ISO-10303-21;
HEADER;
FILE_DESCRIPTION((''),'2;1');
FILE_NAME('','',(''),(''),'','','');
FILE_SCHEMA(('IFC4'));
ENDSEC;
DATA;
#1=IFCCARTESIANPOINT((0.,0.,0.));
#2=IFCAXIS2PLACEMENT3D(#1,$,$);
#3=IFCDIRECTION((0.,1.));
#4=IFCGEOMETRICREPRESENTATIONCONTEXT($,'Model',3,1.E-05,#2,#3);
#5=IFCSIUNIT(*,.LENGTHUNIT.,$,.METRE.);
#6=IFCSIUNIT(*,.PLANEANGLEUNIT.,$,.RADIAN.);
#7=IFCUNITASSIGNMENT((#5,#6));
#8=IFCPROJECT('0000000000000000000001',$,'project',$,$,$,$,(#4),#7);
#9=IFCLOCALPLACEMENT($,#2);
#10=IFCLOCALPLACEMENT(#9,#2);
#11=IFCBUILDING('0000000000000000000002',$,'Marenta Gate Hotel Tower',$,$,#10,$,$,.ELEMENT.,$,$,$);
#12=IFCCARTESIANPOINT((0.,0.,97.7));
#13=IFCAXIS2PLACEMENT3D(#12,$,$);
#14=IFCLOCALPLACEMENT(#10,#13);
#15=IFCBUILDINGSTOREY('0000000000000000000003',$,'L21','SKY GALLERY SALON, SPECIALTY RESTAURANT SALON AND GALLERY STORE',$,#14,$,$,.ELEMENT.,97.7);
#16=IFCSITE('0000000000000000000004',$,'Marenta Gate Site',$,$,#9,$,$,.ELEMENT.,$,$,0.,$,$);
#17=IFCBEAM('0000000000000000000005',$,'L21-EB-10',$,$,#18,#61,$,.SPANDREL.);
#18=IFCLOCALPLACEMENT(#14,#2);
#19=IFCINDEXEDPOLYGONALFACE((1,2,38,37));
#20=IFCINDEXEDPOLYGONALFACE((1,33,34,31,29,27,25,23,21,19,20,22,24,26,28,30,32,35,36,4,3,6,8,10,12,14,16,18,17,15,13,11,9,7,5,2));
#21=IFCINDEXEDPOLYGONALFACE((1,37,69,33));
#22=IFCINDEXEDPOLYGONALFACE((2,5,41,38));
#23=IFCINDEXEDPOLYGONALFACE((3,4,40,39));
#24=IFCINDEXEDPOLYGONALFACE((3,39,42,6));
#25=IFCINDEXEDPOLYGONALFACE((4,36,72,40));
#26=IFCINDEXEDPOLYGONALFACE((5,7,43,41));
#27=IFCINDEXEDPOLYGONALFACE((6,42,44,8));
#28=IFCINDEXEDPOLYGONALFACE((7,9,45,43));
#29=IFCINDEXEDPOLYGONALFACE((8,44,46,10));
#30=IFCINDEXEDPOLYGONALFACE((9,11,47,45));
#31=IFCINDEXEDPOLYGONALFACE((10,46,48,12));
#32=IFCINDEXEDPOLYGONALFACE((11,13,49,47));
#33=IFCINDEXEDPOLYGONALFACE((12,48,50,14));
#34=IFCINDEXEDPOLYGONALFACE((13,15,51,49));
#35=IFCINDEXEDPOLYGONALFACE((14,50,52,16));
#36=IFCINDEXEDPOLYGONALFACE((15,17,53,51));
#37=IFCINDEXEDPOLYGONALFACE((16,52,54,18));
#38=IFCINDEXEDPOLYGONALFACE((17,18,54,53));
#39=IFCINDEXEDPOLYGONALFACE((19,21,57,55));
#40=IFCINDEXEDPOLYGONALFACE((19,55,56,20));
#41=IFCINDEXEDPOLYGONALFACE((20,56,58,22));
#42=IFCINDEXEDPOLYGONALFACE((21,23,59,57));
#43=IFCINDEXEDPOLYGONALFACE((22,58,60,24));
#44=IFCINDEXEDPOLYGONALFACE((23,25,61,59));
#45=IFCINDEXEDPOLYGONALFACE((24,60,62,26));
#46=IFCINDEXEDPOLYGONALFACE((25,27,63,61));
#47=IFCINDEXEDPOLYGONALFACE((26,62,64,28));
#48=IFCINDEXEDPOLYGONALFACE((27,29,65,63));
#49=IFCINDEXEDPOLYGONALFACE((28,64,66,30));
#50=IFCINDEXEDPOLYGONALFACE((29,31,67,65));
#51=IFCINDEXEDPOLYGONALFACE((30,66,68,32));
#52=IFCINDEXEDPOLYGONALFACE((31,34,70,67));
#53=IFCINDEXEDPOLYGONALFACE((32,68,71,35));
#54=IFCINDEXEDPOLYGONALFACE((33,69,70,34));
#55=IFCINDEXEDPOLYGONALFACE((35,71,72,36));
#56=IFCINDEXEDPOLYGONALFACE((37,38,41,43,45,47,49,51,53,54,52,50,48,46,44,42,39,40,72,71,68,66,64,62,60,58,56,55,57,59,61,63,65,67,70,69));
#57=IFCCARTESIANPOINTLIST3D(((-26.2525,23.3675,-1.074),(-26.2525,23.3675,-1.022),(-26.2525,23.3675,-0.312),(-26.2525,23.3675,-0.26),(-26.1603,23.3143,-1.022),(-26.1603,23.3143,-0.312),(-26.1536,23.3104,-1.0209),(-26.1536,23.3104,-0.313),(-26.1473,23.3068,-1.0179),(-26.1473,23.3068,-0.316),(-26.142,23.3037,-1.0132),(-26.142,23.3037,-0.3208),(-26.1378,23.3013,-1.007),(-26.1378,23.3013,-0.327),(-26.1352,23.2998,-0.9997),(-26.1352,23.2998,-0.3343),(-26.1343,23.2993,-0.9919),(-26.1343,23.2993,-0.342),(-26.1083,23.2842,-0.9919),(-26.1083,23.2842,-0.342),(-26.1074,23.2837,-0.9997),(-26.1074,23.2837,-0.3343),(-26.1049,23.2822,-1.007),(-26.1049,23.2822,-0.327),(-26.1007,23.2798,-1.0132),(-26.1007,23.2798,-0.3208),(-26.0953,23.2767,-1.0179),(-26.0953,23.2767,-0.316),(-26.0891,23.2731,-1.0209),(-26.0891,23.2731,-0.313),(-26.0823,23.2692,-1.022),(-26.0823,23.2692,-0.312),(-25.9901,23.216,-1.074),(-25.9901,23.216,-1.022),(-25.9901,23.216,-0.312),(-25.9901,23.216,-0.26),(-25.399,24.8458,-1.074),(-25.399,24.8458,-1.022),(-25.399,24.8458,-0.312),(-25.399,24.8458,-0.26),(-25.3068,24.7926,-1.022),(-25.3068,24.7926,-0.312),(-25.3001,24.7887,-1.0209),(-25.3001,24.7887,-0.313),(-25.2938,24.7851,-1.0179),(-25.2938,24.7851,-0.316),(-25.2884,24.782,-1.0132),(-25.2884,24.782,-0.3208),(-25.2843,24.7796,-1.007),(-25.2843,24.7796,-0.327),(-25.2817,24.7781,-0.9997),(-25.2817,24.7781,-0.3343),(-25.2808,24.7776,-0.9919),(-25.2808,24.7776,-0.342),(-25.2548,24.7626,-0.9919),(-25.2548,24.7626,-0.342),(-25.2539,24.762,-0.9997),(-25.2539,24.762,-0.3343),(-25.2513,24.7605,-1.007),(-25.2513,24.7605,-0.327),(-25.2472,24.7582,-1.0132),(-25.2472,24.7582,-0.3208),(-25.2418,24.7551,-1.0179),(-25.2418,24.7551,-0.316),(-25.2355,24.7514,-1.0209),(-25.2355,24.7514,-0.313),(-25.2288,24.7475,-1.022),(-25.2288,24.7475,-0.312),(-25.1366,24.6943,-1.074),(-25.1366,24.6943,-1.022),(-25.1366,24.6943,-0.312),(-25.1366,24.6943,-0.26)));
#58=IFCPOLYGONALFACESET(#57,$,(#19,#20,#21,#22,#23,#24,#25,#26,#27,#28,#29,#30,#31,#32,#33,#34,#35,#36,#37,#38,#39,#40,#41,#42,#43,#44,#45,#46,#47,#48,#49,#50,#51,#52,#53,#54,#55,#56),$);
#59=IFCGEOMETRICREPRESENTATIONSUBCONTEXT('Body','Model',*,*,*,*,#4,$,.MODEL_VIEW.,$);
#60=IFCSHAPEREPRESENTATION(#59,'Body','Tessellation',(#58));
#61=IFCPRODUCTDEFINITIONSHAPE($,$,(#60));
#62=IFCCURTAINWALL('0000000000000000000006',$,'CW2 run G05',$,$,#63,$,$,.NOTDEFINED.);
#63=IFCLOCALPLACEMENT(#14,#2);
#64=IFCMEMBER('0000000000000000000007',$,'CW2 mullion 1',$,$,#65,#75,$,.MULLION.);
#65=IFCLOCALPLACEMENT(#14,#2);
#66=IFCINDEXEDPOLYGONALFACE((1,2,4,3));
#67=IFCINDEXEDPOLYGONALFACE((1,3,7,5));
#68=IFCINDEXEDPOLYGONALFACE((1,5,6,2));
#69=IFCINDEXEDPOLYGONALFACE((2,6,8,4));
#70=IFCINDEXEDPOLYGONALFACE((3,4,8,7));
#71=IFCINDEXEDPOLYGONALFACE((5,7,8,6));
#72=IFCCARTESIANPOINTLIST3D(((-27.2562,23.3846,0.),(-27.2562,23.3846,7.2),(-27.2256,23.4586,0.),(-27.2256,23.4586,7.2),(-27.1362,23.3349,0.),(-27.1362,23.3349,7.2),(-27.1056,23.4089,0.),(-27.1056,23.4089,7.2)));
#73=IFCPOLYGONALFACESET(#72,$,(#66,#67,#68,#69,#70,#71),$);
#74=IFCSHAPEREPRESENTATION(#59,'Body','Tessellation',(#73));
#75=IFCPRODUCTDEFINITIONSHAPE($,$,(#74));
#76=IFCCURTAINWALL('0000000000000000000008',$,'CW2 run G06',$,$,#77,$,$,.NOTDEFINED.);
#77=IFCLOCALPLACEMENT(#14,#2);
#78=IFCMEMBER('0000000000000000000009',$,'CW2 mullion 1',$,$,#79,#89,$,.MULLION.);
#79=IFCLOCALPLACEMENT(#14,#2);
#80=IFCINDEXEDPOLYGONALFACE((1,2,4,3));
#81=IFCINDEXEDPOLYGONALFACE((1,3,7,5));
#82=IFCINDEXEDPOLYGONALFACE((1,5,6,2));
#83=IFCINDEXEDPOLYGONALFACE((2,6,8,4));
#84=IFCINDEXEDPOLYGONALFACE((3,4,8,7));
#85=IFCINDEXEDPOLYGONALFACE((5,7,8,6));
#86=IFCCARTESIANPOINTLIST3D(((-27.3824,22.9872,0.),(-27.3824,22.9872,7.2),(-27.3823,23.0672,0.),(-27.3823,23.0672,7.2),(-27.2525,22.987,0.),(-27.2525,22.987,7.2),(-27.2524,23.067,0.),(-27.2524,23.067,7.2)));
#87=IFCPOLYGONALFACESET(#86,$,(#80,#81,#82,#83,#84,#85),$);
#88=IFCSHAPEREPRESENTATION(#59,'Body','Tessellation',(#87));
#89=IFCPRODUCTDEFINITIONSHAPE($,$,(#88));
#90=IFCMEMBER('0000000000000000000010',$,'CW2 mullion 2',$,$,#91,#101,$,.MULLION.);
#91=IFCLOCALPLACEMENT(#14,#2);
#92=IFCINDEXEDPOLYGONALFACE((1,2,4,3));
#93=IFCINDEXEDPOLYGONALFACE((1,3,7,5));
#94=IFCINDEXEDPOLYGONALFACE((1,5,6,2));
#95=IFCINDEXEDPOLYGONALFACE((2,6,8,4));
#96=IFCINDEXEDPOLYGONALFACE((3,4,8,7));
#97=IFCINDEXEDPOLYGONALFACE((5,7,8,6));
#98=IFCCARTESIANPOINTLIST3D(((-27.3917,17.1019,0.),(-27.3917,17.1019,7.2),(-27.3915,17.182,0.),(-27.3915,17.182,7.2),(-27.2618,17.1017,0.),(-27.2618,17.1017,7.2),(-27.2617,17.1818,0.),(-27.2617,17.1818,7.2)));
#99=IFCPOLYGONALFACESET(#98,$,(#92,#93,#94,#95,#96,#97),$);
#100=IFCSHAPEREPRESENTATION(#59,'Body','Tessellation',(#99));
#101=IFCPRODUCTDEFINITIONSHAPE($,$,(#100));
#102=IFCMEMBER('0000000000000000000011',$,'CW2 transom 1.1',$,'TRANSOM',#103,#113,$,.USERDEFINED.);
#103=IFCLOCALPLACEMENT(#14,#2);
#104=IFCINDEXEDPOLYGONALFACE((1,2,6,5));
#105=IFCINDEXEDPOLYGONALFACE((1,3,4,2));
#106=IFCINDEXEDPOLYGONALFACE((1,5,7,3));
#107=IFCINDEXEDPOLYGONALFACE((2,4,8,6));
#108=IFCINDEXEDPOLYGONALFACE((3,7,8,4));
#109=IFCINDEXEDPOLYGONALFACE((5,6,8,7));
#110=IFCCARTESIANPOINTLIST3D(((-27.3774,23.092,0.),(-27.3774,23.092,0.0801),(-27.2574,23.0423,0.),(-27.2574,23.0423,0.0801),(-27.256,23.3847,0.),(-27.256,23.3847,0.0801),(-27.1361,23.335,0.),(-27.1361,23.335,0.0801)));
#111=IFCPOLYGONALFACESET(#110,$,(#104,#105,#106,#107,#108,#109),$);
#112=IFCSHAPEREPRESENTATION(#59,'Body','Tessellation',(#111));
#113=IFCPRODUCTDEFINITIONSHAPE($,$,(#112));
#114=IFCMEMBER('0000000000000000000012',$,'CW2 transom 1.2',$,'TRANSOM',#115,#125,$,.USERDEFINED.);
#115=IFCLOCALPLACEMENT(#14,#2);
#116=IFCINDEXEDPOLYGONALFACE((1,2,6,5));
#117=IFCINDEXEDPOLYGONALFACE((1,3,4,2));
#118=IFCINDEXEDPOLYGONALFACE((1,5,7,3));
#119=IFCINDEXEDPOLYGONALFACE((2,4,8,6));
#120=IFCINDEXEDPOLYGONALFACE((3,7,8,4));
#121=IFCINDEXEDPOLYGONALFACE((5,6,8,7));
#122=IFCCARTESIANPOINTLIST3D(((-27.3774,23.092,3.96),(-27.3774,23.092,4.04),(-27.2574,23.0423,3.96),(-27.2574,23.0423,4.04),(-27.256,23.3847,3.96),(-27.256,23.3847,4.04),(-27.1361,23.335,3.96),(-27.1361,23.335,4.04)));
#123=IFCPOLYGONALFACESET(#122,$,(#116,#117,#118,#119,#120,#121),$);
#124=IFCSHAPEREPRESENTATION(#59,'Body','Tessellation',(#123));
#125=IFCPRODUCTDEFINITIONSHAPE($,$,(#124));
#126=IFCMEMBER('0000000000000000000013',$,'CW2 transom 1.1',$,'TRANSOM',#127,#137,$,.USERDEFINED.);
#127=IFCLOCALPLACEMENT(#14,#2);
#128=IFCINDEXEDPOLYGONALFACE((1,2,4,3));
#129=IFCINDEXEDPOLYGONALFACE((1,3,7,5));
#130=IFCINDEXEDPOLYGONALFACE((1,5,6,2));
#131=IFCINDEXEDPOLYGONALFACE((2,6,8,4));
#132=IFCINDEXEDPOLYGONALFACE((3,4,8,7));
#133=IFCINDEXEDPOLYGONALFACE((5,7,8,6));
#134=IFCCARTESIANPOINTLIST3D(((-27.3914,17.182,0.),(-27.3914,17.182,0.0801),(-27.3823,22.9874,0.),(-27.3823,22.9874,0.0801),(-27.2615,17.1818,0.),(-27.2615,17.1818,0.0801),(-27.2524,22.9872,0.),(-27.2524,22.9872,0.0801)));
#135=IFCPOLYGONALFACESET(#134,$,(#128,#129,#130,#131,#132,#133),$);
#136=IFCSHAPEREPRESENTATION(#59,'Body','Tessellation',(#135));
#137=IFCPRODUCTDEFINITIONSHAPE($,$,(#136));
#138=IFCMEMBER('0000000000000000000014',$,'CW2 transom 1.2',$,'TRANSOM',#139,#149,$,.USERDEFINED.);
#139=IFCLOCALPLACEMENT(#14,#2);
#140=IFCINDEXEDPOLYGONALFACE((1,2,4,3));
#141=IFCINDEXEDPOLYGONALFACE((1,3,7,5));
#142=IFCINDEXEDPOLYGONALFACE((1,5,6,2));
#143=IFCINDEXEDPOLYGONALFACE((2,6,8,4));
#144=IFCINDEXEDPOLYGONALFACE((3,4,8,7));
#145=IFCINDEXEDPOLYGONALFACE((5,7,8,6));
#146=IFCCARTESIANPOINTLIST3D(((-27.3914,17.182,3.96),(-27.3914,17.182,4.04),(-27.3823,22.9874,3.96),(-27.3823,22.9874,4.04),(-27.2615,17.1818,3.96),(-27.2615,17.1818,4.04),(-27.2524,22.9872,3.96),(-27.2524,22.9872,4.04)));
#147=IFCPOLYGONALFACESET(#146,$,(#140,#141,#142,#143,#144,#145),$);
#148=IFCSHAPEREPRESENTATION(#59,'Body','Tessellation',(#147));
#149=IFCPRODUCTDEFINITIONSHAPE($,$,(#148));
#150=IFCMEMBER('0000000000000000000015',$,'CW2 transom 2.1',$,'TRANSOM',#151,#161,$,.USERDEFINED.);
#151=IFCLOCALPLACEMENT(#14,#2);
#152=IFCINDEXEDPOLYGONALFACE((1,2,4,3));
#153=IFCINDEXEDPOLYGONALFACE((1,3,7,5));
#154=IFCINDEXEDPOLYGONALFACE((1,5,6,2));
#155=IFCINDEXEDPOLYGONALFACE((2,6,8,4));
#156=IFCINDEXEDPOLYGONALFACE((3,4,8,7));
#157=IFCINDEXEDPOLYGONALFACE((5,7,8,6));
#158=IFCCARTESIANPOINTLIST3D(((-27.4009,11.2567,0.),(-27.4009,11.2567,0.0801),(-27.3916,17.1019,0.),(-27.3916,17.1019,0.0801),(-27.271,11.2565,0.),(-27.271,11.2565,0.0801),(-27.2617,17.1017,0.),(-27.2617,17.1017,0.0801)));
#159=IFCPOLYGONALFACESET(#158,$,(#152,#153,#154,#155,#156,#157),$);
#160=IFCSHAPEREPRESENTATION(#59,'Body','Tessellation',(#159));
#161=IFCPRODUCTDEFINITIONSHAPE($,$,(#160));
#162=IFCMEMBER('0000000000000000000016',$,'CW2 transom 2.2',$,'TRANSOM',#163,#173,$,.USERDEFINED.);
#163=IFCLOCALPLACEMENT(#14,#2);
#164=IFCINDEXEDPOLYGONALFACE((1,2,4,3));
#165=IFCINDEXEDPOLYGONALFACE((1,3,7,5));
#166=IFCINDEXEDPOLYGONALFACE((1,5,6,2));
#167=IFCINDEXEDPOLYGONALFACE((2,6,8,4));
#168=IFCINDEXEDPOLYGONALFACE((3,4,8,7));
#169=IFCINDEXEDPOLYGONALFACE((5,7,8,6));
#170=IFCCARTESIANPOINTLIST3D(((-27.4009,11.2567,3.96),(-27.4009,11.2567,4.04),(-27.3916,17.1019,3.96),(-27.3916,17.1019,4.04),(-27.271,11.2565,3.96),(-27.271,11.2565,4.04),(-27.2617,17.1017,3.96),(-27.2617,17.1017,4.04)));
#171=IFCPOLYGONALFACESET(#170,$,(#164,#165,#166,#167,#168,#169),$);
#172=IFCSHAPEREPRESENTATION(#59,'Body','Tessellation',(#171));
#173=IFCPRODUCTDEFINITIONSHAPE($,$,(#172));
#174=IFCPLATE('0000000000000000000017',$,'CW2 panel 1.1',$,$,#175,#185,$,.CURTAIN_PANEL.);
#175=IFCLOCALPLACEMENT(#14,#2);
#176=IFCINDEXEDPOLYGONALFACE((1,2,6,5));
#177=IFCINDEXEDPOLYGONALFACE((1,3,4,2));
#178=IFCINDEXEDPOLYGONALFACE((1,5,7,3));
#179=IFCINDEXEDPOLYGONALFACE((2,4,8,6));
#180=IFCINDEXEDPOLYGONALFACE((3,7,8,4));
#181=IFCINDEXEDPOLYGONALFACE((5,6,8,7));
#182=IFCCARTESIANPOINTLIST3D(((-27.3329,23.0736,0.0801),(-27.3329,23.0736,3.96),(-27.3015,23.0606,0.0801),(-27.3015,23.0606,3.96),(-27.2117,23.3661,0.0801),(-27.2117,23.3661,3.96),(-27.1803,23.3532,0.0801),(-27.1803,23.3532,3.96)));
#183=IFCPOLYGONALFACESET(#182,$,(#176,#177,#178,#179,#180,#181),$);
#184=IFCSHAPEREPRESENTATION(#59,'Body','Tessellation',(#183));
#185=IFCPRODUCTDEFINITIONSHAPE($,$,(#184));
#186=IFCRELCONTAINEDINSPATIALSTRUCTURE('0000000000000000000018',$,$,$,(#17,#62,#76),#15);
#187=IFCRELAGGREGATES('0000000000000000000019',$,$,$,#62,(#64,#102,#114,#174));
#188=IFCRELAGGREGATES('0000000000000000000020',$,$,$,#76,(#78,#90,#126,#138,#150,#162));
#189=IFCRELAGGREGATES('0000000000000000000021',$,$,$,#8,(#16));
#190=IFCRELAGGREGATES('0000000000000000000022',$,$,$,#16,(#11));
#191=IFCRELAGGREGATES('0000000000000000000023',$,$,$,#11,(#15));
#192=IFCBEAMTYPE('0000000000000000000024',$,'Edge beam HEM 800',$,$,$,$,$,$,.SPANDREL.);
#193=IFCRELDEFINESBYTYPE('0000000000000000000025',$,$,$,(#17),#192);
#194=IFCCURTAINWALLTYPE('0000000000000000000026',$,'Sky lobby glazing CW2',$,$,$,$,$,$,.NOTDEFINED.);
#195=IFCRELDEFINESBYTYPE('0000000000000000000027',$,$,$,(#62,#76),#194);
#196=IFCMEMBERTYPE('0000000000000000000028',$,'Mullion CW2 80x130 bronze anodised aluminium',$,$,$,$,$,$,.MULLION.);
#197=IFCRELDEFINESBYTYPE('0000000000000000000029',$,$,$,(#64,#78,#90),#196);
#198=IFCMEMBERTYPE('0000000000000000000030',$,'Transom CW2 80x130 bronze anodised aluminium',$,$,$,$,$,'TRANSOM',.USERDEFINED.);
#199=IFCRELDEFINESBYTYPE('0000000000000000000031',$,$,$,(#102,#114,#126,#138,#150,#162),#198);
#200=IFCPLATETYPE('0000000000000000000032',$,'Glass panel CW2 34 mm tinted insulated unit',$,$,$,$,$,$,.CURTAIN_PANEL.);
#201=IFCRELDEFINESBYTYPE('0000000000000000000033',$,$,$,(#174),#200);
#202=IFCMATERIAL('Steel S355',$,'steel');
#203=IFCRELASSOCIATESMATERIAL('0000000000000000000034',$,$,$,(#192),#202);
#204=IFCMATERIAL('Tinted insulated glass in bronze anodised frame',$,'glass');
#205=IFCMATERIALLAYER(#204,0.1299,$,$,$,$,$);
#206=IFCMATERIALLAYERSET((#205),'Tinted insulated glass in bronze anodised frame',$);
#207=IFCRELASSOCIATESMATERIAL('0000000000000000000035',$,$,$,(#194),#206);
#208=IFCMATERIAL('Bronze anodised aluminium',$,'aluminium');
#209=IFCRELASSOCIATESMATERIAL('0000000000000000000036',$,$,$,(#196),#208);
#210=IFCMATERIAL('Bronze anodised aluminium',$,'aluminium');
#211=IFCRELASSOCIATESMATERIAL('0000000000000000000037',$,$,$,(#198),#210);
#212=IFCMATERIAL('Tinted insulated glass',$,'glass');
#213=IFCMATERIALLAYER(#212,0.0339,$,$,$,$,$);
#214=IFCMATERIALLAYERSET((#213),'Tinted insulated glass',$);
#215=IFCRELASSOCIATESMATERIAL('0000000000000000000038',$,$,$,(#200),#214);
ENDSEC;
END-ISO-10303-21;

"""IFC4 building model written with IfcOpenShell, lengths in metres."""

from ifc_helpers import new_model, si_unit, direction, frame, origin, origin_2d, place, context, subcontext, project, spatial, rectangle, i_section, extrude, material, layer, layer_set, material_profile, profile_set, type_object, element, aggregate, save


model = new_model("IFC4")

# Units and contexts
model_context = context("Model", 3, precision=1e-05, world=origin(), true_north=direction((0.0, 1.0)))
body_context = subcontext(model_context, "Body", "Model", "MODEL_VIEW")
ifc_project = project(units=[si_unit("LENGTHUNIT", "METRE"), si_unit("PLANEANGLEUNIT", "RADIAN")], contexts=[model_context])

# Site, building, storey
site_placement = place(None, origin())
site = spatial("IfcSite", under=ifc_project, at=site_placement, Name="Marenta Gate Site", CompositionType="ELEMENT", RefElevation=0.0)
building_placement = place(site_placement, origin())
building = spatial("IfcBuilding", under=site, at=building_placement, Name="Marenta Gate Hotel Tower", CompositionType="ELEMENT")
storey_placement = place(building_placement, frame((0.0, 0.0, 97.7)))
storey = spatial("IfcBuildingStorey", under=building, at=storey_placement, Name="L21", Description="SKY GALLERY SALON, SPECIALTY RESTAURANT SALON AND GALLERY STORE", CompositionType="ELEMENT", Elevation=97.7)

# Beam
ifc_material_1 = material(Name="Steel S355", Category="steel")
ifc_material_profile_1 = material_profile(ifc_material_1, i_section(OverallWidth=0.303, OverallDepth=0.814, WebThickness=0.03, FlangeThickness=0.052, FilletRadius=0.03, at=origin_2d()), Name="HEM 800")
ifc_profile_set_1 = profile_set([ifc_material_profile_1], Name="Steel S355")
beam_type = type_object("IfcBeamType", Name="Edge beam HEM 800", PredefinedType="SPANDREL", material=ifc_profile_set_1)
beam_1_placement = place(storey_placement, frame((-26.1213, 23.2917, -0.667), z_axis=(0.500015, 0.866016, 0.0), x_axis=(-0.866016, 0.500015, 0.0)))
element("IfcBeam", 1, at=beam_1_placement, inside=storey, type_object=beam_type, Name="L21-EB-10", PredefinedType="SPANDREL", context=body_context, shape_type="SweptSolid", body=[
    extrude(i_section(OverallWidth=0.303, OverallDepth=0.814, WebThickness=0.03, FlangeThickness=0.052, FilletRadius=0.03, at=origin_2d()), origin(), (0.0, 0.0, 1.0), 1.707),
])

# Curtain wall, member
ifc_material_2 = material(Name="Tinted insulated glass in bronze anodised frame", Category="glass")
ifc_layer_1 = layer(ifc_material_2, 0.1299)
ifc_layer_set_1 = layer_set([ifc_layer_1], Name="Tinted insulated glass in bronze anodised frame")
curtain_wall_type = type_object("IfcCurtainWallType", Name="Sky lobby glazing CW2", PredefinedType="NOTDEFINED", material=ifc_layer_set_1)
curtain_wall_1_placement = place(storey_placement, origin())
curtain_wall_1 = element("IfcCurtainWall", 2, at=curtain_wall_1_placement, inside=storey, type_object=curtain_wall_type, Name="CW2 run G05", PredefinedType="NOTDEFINED")
ifc_material_3 = material(Name="Bronze anodised aluminium", Category="aluminium")
ifc_material_profile_2 = material_profile(ifc_material_3, rectangle(XDim=0.1299, YDim=0.0801, at=origin_2d()), Name="Mullion CW2 80x130 bronze anodised aluminium")
ifc_profile_set_2 = profile_set([ifc_material_profile_2], Name="Bronze anodised aluminium")
member_type_1 = type_object("IfcMemberType", Name="Mullion CW2 80x130 bronze anodised aluminium", PredefinedType="MULLION", material=ifc_profile_set_2)
member_1_placement = place(storey_placement, frame((-27.1809, 23.3967, 0.0), z_axis=(0.0, 0.0, 1.0), x_axis=(0.923888, -0.382663, 0.0)))
member_1 = element("IfcMember", 3, at=member_1_placement, type_object=member_type_1, Name="CW2 mullion 1", PredefinedType="MULLION", context=body_context, shape_type="SweptSolid", body=[
    extrude(rectangle(XDim=0.1299, YDim=0.0801, at=origin_2d()), origin(), (0.0, 0.0, 1.0), 7.2),
])

# Curtain wall, members
curtain_wall_2_placement = place(storey_placement, origin())
curtain_wall_2 = element("IfcCurtainWall", 4, at=curtain_wall_2_placement, inside=storey, type_object=curtain_wall_type, Name="CW2 run G06", PredefinedType="NOTDEFINED")
member_2_placement = place(storey_placement, frame((-27.3174, 23.0271, 0.0), z_axis=(0.0, 0.0, 1.0), x_axis=(0.999999, -0.00157, 0.0)))
member_2 = element("IfcMember", 5, at=member_2_placement, type_object=member_type_1, Name="CW2 mullion 1", PredefinedType="MULLION", context=body_context, shape_type="SweptSolid", body=[
    extrude(rectangle(XDim=0.1299, YDim=0.0801, at=origin_2d()), origin(), (0.0, 0.0, 1.0), 7.2),
])
member_3_placement = place(storey_placement, frame((-27.3267, 17.1418, 0.0), z_axis=(0.0, 0.0, 1.0), x_axis=(0.999999, -0.00157, 0.0)))
member_3 = element("IfcMember", 6, at=member_3_placement, type_object=member_type_1, Name="CW2 mullion 2", PredefinedType="MULLION", context=body_context, shape_type="SweptSolid", body=[
    extrude(rectangle(XDim=0.1299, YDim=0.0801, at=origin_2d()), origin(), (0.0, 0.0, 1.0), 7.2),
])

# Members
ifc_material_4 = material(Name="Bronze anodised aluminium", Category="aluminium")
ifc_material_profile_3 = material_profile(ifc_material_4, rectangle(XDim=0.1299, YDim=0.0801, at=origin_2d()), Name="Transom CW2 80x130 bronze anodised aluminium")
ifc_profile_set_3 = profile_set([ifc_material_profile_3], Name="Bronze anodised aluminium")
member_type_2 = type_object("IfcMemberType", Name="Transom CW2 80x130 bronze anodised aluminium", ElementType="TRANSOM", PredefinedType="USERDEFINED", material=ifc_profile_set_3)
member_4_placement = place(storey_placement, frame((-27.196, 23.3599, 0.04), z_axis=(-0.382919, -0.923782, 0.0), x_axis=(0.923782, -0.382919, 0.0)))
member_4 = element("IfcMember", 7, at=member_4_placement, type_object=member_type_2, Name="CW2 transom 1.1", ObjectType="TRANSOM", PredefinedType="USERDEFINED", context=body_context, shape_type="SweptSolid", body=[
    extrude(rectangle(XDim=0.1299, YDim=0.0801, at=origin_2d()), origin(), (0.0, 0.0, 1.0), 0.3169),
])
member_5_placement = place(storey_placement, frame((-27.196, 23.3599, 4.0), z_axis=(-0.382919, -0.923782, 0.0), x_axis=(0.923782, -0.382919, 0.0)))
member_5 = element("IfcMember", 8, at=member_5_placement, type_object=member_type_2, Name="CW2 transom 1.2", ObjectType="TRANSOM", PredefinedType="USERDEFINED", context=body_context, shape_type="SweptSolid", body=[
    extrude(rectangle(XDim=0.1299, YDim=0.0801, at=origin_2d()), origin(), (0.0, 0.0, 1.0), 0.3169),
])
member_6_placement = place(storey_placement, frame((-27.3174, 22.9873, 0.04), z_axis=(-0.001556, -0.999999, 0.0), x_axis=(0.999999, -0.001556, 0.0)))
member_6 = element("IfcMember", 9, at=member_6_placement, type_object=member_type_2, Name="CW2 transom 1.1", ObjectType="TRANSOM", PredefinedType="USERDEFINED", context=body_context, shape_type="SweptSolid", body=[
    extrude(rectangle(XDim=0.1299, YDim=0.0801, at=origin_2d()), origin(), (0.0, 0.0, 1.0), 5.8054),
])
member_7_placement = place(storey_placement, frame((-27.3174, 22.9873, 4.0), z_axis=(-0.001556, -0.999999, 0.0), x_axis=(0.999999, -0.001556, 0.0)))
member_7 = element("IfcMember", 10, at=member_7_placement, type_object=member_type_2, Name="CW2 transom 1.2", ObjectType="TRANSOM", PredefinedType="USERDEFINED", context=body_context, shape_type="SweptSolid", body=[
    extrude(rectangle(XDim=0.1299, YDim=0.0801, at=origin_2d()), origin(), (0.0, 0.0, 1.0), 5.8054),
])
member_8_placement = place(storey_placement, frame((-27.3267, 17.1018, 0.04), z_axis=(-0.001587, -0.999999, 0.0), x_axis=(0.999999, -0.001587, 0.0)))
member_8 = element("IfcMember", 11, at=member_8_placement, type_object=member_type_2, Name="CW2 transom 2.1", ObjectType="TRANSOM", PredefinedType="USERDEFINED", context=body_context, shape_type="SweptSolid", body=[
    extrude(rectangle(XDim=0.1299, YDim=0.0801, at=origin_2d()), origin(), (0.0, 0.0, 1.0), 5.8452),
])
member_9_placement = place(storey_placement, frame((-27.3267, 17.1018, 4.0), z_axis=(-0.001587, -0.999999, 0.0), x_axis=(0.999999, -0.001587, 0.0)))
member_9 = element("IfcMember", 12, at=member_9_placement, type_object=member_type_2, Name="CW2 transom 2.2", ObjectType="TRANSOM", PredefinedType="USERDEFINED", context=body_context, shape_type="SweptSolid", body=[
    extrude(rectangle(XDim=0.1299, YDim=0.0801, at=origin_2d()), origin(), (0.0, 0.0, 1.0), 5.8452),
])

# Plate
ifc_material_5 = material(Name="Tinted insulated glass", Category="glass")
ifc_layer_2 = layer(ifc_material_5, 0.0339)
ifc_layer_set_2 = layer_set([ifc_layer_2], Name="Tinted insulated glass")
plate_type = type_object("IfcPlateType", Name="Glass panel CW2 34 mm tinted insulated unit", PredefinedType="CURTAIN_PANEL", material=ifc_layer_set_2)
plate_1_placement = place(storey_placement, frame((-27.2566, 23.2134, 0.0801), z_axis=(0.0, 0.0, 1.0), x_axis=(-0.382663, -0.923888, 0.0)))
plate_1 = element("IfcPlate", 13, at=plate_1_placement, type_object=plate_type, Name="CW2 panel 1.1", PredefinedType="CURTAIN_PANEL", context=body_context, shape_type="SweptSolid", body=[
    extrude(rectangle(XDim=0.3167, YDim=0.0339, at=origin_2d()), origin(), (0.0, 0.0, 1.0), 3.8799),
])
aggregate(curtain_wall_1, [member_1, member_4, member_5, plate_1])
aggregate(curtain_wall_2, [member_2, member_3, member_6, member_7, member_8, member_9])

save(model, "model.ifc")
